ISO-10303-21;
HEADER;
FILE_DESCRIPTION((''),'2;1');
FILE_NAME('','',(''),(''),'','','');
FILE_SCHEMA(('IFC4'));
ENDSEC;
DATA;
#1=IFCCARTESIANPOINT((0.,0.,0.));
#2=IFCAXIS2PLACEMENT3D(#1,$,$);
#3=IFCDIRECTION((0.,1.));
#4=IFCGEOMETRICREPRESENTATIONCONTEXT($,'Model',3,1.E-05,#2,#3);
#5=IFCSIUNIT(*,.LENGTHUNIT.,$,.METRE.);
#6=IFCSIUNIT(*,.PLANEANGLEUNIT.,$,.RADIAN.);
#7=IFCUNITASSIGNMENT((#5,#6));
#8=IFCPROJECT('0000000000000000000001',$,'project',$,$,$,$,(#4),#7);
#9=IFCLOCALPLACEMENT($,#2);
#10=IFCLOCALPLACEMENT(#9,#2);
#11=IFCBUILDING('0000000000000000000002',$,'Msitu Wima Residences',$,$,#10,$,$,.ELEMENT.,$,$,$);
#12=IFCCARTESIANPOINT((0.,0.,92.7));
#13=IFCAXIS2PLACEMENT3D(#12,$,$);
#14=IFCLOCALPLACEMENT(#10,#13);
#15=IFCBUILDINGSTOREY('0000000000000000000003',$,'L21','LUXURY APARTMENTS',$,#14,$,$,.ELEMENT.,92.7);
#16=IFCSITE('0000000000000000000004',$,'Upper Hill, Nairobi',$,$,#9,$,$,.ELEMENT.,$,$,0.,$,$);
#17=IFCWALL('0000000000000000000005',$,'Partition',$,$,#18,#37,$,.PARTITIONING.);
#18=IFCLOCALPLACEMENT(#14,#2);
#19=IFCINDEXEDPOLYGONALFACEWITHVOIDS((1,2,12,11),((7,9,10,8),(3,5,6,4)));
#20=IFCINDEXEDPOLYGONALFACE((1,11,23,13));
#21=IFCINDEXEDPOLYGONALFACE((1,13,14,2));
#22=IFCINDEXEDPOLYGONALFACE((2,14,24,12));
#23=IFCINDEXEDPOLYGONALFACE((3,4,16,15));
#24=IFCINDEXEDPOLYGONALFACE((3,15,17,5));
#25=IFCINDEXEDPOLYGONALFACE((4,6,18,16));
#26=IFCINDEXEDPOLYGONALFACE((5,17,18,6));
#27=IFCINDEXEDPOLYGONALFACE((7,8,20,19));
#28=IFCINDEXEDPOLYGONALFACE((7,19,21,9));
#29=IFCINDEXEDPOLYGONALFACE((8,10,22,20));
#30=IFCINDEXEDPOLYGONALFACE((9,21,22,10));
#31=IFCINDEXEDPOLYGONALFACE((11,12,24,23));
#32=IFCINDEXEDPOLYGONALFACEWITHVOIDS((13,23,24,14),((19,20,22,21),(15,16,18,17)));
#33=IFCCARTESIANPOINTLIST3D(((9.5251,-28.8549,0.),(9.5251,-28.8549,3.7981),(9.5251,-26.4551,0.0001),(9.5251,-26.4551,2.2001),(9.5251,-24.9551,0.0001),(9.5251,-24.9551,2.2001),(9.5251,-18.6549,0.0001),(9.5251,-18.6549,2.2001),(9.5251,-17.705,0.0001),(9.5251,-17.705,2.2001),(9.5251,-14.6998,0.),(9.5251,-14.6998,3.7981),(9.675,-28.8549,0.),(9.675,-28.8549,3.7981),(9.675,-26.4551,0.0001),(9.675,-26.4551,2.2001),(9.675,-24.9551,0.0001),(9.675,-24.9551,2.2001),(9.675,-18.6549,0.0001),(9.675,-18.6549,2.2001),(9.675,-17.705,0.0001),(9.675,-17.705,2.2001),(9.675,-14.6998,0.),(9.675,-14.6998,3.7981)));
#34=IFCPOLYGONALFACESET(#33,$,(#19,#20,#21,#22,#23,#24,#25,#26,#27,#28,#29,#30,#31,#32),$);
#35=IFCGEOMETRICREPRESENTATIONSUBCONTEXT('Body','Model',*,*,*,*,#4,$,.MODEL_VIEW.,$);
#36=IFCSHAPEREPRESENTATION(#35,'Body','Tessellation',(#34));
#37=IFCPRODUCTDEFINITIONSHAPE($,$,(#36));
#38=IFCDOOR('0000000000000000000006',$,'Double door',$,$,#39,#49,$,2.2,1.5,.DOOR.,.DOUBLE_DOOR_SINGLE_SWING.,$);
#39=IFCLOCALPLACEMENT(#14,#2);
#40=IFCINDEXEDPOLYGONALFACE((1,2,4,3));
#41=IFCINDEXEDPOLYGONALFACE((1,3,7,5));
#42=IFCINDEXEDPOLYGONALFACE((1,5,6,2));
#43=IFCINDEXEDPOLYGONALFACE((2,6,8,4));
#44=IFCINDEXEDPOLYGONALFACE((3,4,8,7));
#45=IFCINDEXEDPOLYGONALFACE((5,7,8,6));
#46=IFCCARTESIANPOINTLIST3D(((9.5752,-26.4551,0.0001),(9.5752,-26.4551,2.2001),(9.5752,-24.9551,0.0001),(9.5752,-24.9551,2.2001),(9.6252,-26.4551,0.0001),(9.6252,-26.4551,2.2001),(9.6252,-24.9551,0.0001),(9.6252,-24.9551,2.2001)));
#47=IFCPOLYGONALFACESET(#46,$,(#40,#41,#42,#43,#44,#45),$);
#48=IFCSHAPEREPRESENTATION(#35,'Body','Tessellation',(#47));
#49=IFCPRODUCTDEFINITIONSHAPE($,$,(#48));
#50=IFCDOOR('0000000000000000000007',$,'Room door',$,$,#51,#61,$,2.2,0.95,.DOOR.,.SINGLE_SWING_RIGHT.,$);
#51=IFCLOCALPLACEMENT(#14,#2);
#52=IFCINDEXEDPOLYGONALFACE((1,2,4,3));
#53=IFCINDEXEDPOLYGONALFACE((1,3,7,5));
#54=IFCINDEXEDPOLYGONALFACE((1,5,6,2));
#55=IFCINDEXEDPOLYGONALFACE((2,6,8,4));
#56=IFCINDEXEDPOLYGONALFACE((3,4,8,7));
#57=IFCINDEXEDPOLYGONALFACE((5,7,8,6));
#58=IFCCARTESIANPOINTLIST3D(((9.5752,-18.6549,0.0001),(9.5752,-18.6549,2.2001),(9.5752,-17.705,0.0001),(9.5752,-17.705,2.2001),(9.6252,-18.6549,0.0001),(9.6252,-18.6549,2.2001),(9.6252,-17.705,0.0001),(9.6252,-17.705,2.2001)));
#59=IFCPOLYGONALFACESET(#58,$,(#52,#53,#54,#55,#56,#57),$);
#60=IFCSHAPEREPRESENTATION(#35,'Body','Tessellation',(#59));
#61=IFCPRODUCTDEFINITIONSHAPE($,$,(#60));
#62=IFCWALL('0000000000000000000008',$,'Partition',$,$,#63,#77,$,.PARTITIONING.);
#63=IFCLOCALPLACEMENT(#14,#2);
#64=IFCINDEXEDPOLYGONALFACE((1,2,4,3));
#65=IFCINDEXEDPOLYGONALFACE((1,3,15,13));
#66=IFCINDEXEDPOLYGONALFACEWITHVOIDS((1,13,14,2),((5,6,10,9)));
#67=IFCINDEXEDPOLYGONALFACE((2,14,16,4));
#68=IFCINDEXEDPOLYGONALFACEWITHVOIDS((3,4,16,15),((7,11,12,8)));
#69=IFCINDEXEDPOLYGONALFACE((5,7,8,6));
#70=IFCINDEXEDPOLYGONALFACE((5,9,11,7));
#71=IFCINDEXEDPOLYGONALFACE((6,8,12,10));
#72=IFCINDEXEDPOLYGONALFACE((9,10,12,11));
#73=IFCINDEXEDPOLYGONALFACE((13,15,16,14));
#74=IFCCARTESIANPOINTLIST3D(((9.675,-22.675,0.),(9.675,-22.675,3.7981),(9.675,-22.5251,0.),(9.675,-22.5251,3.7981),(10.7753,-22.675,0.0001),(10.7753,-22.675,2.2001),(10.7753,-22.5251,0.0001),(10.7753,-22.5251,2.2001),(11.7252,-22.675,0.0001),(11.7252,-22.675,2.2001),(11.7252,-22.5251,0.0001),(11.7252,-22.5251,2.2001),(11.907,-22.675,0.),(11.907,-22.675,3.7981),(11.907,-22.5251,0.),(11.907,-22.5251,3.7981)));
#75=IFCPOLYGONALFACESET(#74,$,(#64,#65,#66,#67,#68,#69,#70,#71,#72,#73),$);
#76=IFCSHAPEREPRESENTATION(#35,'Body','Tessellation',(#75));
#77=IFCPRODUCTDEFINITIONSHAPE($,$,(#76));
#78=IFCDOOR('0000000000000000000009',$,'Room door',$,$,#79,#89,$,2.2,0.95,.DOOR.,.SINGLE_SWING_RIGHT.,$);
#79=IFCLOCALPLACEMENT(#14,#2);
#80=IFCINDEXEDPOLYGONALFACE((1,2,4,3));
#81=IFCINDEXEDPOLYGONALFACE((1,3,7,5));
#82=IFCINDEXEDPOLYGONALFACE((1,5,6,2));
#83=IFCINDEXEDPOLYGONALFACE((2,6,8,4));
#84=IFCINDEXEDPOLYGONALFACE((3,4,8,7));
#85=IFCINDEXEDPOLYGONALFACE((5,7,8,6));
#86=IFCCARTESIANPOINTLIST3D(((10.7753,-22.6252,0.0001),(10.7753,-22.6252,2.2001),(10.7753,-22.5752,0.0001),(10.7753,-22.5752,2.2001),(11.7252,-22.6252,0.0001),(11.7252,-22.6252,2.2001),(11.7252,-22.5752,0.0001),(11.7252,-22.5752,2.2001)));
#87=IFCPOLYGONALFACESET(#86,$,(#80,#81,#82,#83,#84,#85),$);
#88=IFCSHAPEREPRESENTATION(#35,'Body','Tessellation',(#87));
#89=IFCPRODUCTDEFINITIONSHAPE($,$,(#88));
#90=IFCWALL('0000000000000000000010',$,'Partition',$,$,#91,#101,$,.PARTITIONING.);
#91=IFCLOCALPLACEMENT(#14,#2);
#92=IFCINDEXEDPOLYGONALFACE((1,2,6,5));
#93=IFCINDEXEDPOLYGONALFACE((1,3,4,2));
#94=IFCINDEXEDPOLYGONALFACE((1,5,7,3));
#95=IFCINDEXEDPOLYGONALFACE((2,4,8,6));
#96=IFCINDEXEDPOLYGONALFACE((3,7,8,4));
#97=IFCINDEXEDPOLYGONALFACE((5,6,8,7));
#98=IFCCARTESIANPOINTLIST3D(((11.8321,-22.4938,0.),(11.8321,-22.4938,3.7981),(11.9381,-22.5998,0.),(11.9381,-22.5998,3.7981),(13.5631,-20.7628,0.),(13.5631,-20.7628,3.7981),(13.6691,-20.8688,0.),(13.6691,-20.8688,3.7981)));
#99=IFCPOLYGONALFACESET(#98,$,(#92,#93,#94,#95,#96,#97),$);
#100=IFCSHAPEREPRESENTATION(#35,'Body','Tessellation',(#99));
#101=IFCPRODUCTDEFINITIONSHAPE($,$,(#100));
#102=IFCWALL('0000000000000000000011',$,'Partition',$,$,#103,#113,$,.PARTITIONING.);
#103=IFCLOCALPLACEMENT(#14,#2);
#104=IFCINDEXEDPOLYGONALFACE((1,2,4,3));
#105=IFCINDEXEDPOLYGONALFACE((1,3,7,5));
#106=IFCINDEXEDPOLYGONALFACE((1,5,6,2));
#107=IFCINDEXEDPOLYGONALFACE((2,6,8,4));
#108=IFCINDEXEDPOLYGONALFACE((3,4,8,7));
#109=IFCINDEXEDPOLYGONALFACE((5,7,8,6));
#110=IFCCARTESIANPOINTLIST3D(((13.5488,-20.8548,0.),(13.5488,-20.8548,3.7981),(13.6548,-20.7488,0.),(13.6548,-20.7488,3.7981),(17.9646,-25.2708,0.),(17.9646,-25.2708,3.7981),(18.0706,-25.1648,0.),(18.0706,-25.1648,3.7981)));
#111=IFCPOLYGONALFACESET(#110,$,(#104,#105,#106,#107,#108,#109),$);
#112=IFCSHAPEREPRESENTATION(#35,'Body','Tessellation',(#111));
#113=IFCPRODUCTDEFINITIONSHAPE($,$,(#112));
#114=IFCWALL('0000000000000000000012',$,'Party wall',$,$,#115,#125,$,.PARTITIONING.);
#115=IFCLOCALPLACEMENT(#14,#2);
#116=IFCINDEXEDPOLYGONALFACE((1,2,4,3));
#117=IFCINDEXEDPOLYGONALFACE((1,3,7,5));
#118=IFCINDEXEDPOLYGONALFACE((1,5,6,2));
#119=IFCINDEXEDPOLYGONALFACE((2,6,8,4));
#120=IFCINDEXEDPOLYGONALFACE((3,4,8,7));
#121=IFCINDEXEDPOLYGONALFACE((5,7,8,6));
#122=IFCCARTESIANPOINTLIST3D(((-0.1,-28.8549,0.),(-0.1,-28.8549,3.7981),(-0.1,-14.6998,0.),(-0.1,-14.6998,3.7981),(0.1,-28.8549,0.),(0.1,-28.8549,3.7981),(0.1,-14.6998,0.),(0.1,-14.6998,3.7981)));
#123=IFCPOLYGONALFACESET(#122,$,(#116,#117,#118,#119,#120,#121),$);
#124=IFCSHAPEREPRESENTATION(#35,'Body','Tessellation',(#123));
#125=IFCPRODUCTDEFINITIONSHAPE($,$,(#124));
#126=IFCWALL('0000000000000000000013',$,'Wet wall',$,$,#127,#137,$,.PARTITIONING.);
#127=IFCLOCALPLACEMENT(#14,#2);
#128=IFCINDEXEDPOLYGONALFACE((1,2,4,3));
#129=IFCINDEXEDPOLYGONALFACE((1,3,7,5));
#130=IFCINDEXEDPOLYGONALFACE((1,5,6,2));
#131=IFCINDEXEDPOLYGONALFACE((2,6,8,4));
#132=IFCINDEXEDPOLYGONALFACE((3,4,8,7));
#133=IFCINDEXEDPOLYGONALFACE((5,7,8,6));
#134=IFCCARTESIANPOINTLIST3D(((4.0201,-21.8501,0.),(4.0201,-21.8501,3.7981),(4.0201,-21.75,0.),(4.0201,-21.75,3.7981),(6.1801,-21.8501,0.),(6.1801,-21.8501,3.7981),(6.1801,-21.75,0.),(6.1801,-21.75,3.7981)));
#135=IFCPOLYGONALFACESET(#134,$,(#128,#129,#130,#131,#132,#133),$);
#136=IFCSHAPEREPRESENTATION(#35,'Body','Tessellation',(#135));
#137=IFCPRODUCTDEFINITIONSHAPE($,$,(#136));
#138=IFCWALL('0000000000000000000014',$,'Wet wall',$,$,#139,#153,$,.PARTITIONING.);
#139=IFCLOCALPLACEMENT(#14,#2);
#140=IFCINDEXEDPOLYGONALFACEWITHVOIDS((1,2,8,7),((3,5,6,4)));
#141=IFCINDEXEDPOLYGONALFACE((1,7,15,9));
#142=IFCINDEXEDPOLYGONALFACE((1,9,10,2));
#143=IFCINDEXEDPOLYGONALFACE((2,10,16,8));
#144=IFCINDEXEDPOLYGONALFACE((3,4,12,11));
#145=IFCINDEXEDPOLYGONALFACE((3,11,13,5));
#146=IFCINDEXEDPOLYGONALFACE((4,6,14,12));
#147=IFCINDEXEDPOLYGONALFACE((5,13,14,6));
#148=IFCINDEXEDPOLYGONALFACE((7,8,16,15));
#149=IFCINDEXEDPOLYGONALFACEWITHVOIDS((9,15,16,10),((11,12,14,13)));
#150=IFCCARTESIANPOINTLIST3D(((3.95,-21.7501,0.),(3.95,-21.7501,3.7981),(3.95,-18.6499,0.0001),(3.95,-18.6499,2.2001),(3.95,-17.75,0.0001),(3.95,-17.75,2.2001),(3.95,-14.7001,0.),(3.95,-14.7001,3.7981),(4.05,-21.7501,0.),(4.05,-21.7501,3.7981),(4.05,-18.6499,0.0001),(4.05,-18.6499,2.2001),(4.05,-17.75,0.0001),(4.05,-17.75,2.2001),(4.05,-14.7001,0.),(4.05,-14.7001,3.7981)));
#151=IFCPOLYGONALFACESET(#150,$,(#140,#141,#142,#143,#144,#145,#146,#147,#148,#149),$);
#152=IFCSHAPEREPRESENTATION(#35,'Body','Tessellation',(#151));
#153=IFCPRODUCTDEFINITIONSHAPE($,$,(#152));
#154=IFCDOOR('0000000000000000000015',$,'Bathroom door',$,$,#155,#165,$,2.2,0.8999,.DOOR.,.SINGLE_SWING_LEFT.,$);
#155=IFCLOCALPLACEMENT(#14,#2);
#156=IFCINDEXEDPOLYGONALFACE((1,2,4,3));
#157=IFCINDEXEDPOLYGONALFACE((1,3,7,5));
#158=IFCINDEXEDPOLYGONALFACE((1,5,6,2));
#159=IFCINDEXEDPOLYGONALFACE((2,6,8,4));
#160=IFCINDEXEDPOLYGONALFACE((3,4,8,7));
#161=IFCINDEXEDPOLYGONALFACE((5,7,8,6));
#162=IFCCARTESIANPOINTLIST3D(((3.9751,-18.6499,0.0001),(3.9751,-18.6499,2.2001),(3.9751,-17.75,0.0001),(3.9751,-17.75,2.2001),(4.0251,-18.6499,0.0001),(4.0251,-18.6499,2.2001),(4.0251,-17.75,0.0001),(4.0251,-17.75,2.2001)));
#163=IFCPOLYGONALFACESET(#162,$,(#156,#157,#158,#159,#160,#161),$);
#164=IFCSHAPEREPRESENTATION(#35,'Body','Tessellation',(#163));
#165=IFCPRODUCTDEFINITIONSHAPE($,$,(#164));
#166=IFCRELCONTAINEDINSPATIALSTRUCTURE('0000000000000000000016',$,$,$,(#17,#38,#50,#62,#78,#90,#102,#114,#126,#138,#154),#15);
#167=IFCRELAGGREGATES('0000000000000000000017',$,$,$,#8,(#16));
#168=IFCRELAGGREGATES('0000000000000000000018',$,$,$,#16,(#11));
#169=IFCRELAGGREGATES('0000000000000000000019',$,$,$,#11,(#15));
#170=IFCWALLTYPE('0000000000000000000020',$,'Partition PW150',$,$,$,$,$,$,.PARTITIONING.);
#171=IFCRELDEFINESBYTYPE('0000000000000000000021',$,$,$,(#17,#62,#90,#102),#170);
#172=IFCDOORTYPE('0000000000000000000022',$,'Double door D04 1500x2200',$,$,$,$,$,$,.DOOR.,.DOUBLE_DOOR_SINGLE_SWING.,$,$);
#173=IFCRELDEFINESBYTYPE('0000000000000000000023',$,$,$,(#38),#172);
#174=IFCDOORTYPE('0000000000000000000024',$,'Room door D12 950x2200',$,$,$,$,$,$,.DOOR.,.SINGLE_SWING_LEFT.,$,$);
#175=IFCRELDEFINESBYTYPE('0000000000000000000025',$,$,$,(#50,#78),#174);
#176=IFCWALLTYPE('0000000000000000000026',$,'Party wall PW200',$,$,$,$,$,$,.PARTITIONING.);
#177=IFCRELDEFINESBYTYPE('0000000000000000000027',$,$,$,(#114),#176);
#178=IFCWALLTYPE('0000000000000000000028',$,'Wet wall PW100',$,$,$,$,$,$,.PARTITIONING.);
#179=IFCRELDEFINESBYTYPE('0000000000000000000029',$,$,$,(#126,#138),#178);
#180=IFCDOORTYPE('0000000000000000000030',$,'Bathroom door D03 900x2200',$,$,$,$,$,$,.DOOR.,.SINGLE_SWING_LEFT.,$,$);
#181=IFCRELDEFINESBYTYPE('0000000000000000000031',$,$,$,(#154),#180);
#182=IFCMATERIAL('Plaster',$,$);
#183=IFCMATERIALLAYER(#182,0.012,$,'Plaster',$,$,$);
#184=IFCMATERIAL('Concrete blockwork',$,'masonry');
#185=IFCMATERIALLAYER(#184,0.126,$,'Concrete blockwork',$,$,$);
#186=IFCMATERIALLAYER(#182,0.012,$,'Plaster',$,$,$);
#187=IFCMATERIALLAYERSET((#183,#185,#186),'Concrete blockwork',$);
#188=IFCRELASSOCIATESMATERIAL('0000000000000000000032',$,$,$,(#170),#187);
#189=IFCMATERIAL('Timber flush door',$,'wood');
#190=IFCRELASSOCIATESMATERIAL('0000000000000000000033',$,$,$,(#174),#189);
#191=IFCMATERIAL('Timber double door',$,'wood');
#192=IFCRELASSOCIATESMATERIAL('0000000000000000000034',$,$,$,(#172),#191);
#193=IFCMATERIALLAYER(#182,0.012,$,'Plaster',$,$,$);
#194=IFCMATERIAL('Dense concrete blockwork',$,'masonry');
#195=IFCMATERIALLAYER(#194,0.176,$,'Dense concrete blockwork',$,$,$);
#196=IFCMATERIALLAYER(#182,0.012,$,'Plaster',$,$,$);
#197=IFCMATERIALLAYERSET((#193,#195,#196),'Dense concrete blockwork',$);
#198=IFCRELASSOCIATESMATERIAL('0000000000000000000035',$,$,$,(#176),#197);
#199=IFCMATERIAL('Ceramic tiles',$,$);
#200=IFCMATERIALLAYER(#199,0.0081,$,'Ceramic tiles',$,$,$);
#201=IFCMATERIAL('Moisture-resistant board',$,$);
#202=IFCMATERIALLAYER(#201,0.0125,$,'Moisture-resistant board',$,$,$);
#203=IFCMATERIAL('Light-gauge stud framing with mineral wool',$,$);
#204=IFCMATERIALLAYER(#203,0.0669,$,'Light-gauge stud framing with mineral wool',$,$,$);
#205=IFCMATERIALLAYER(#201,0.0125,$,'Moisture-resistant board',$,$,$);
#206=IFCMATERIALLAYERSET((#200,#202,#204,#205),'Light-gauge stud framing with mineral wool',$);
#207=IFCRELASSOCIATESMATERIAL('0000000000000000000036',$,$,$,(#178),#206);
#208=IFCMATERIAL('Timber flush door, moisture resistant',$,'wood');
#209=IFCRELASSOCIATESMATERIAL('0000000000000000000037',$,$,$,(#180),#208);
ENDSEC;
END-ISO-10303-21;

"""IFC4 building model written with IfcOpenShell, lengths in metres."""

from ifc_helpers import new_model, si_unit, direction, frame, frame_2d, origin, place, context, subcontext, project, spatial, rectangle, extrude, material, layer, layer_set, type_object, element, fill, save


model = new_model("IFC4")

# Units and contexts
model_context = context("Model", 3, precision=1e-05, world=origin(), true_north=direction((0.0, 1.0)))
body_context = subcontext(model_context, "Body", "Model", "MODEL_VIEW")
ifc_project = project(units=[si_unit("LENGTHUNIT", "METRE"), si_unit("PLANEANGLEUNIT", "RADIAN")], contexts=[model_context])

# Site, building, storey
site_placement = place(None, origin())
site = spatial("IfcSite", under=ifc_project, at=site_placement, Name="Upper Hill, Nairobi", CompositionType="ELEMENT", RefElevation=0.0)
building_placement = place(site_placement, origin())
building = spatial("IfcBuilding", under=site, at=building_placement, Name="Msitu Wima Residences", CompositionType="ELEMENT")
storey_placement = place(building_placement, frame((0.0, 0.0, 92.7)))
storey = spatial("IfcBuildingStorey", under=building, at=storey_placement, Name="L21", Description="LUXURY APARTMENTS", CompositionType="ELEMENT", Elevation=92.7)

# Shared definitions
ifc_material_1 = material(Name="Plaster")
ifc_layer_1 = layer(ifc_material_1, 0.012, Name="Plaster")
ifc_material_2 = material(Name="Concrete blockwork", Category="masonry")
ifc_layer_2 = layer(ifc_material_2, 0.126, Name="Concrete blockwork")
ifc_layer_3 = layer(ifc_material_1, 0.012, Name="Plaster")
ifc_layer_set_1 = layer_set([ifc_layer_1, ifc_layer_2, ifc_layer_3], Name="Concrete blockwork")
wall_type_1 = type_object("IfcWallType", Name="Partition PW150", PredefinedType="PARTITIONING", material=ifc_layer_set_1)
ifc_material_3 = material(Name="Timber flush door", Category="wood")
door_type_1 = type_object("IfcDoorType", Name="Room door D12 950x2200", OperationType="SINGLE_SWING_LEFT", PredefinedType="DOOR", material=ifc_material_3)

# Wall, openings, doors
wall_1_placement = place(storey_placement, frame((9.6001, -28.855, 0.0), z_axis=(0.0, 0.0, 1.0), x_axis=(0.0, 1.0, 0.0)))
wall_1 = element("IfcWall", 1, at=wall_1_placement, inside=storey, type_object=wall_type_1, Name="Partition", PredefinedType="PARTITIONING", context=body_context, shape_type="SweptSolid", body=[
    extrude(rectangle(XDim=14.155, YDim=0.1499, at=frame_2d((7.0776, 0.0))), origin(), (0.0, 0.0, 1.0), 3.7981),
])
opening_1_placement = place(wall_1_placement, frame((2.3999, 0.0, 0.0)))
opening_1 = element("IfcOpeningElement", 2, at=opening_1_placement, cuts=wall_1, PredefinedType="OPENING", context=body_context, shape_type="SweptSolid", body=[
    extrude(rectangle(XDim=1.5, YDim=2.2, at=frame_2d((0.75, 1.1001))), frame((0.0, 0.085, 0.0), z_axis=(0.0, -1.0, 0.0), x_axis=(1.0, 0.0, 0.0)), (0.0, 0.0, 1.0), 0.1699),
])
opening_2_placement = place(wall_1_placement, frame((10.2, 0.0, 0.0)))
opening_2 = element("IfcOpeningElement", 3, at=opening_2_placement, cuts=wall_1, PredefinedType="OPENING", context=body_context, shape_type="SweptSolid", body=[
    extrude(rectangle(XDim=0.95, YDim=2.2, at=frame_2d((0.4751, 1.1001))), frame((0.0, 0.085, 0.0), z_axis=(0.0, -1.0, 0.0), x_axis=(1.0, 0.0, 0.0)), (0.0, 0.0, 1.0), 0.1699),
])
ifc_material_4 = material(Name="Timber double door", Category="wood")
door_type_2 = type_object("IfcDoorType", Name="Double door D04 1500x2200", OperationType="DOUBLE_DOOR_SINGLE_SWING", PredefinedType="DOOR", material=ifc_material_4)
door_1_placement = place(opening_1_placement, origin())
door_1 = element("IfcDoor", 4, at=door_1_placement, inside=storey, type_object=door_type_2, Name="Double door", OperationType="DOUBLE_DOOR_SINGLE_SWING", OverallHeight=2.2, OverallWidth=1.5, PredefinedType="DOOR", context=body_context, shape_type="SweptSolid", body=[
    extrude(rectangle(XDim=1.5, YDim=2.2, at=frame_2d((0.75, 1.1001))), frame((0.0, 0.0249, 0.0), z_axis=(0.0, -1.0, 0.0), x_axis=(1.0, 0.0, 0.0)), (0.0, 0.0, 1.0), 0.05),
])
fill(opening_1, door_1)
door_2_placement = place(opening_2_placement, origin())
door_2 = element("IfcDoor", 5, at=door_2_placement, inside=storey, type_object=door_type_1, Name="Room door", OperationType="SINGLE_SWING_RIGHT", OverallHeight=2.2, OverallWidth=0.95, PredefinedType="DOOR", context=body_context, shape_type="SweptSolid", body=[
    extrude(rectangle(XDim=0.95, YDim=2.2, at=frame_2d((0.4751, 1.1001))), frame((0.0, 0.0249, 0.0), z_axis=(0.0, -1.0, 0.0), x_axis=(1.0, 0.0, 0.0)), (0.0, 0.0, 1.0), 0.05),
])
fill(opening_2, door_2)

# Wall, opening, door
wall_2_placement = place(storey_placement, frame((9.675, -22.6001, 0.0), z_axis=(0.0, 0.0, 1.0), x_axis=(1.0, 0.0, 0.0)))
wall_2 = element("IfcWall", 6, at=wall_2_placement, inside=storey, type_object=wall_type_1, Name="Partition", PredefinedType="PARTITIONING", context=body_context, shape_type="SweptSolid", body=[
    extrude(rectangle(XDim=2.2319, YDim=0.1499, at=frame_2d((1.116, 0.0))), origin(), (0.0, 0.0, 1.0), 3.7981),
])
opening_3_placement = place(wall_2_placement, frame((1.1001, 0.0, 0.0)))
opening_3 = element("IfcOpeningElement", 7, at=opening_3_placement, cuts=wall_2, PredefinedType="OPENING", context=body_context, shape_type="SweptSolid", body=[
    extrude(rectangle(XDim=0.95, YDim=2.2, at=frame_2d((0.4751, 1.1001))), frame((0.0, 0.085, 0.0), z_axis=(0.0, -1.0, 0.0), x_axis=(1.0, 0.0, 0.0)), (0.0, 0.0, 1.0), 0.1699),
])
door_3_placement = place(opening_3_placement, origin())
door_3 = element("IfcDoor", 8, at=door_3_placement, inside=storey, type_object=door_type_1, Name="Room door", OperationType="SINGLE_SWING_RIGHT", OverallHeight=2.2, OverallWidth=0.95, PredefinedType="DOOR", context=body_context, shape_type="SweptSolid", body=[
    extrude(rectangle(XDim=0.95, YDim=2.2, at=frame_2d((0.4751, 1.1001))), frame((0.0, 0.0249, 0.0), z_axis=(0.0, -1.0, 0.0), x_axis=(1.0, 0.0, 0.0)), (0.0, 0.0, 1.0), 0.05),
])
fill(opening_3, door_3)

# Walls
wall_3_placement = place(storey_placement, frame((11.885, -22.5469, 0.0), z_axis=(0.0, 0.0, 1.0), x_axis=(0.707107, 0.707107, 0.0)))
element("IfcWall", 9, at=wall_3_placement, inside=storey, type_object=wall_type_1, Name="Partition", PredefinedType="PARTITIONING", context=body_context, shape_type="SweptSolid", body=[
    extrude(rectangle(XDim=2.448, YDim=0.1499, at=frame_2d((1.2241, 0.0))), origin(), (0.0, 0.0, 1.0), 3.7981),
])
wall_4_placement = place(storey_placement, frame((13.6018, -20.8018, 0.0), z_axis=(0.0, 0.0, 1.0), x_axis=(0.707087, -0.707126, 0.0)))
element("IfcWall", 10, at=wall_4_placement, inside=storey, type_object=wall_type_1, Name="Partition", PredefinedType="PARTITIONING", context=body_context, shape_type="SweptSolid", body=[
    extrude(rectangle(XDim=6.2451, YDim=0.1499, at=frame_2d((3.1226, 0.0))), origin(), (0.0, 0.0, 1.0), 3.7981),
])
ifc_layer_4 = layer(ifc_material_1, 0.012, Name="Plaster")
ifc_material_5 = material(Name="Dense concrete blockwork", Category="masonry")
ifc_layer_5 = layer(ifc_material_5, 0.176, Name="Dense concrete blockwork")
ifc_layer_6 = layer(ifc_material_1, 0.012, Name="Plaster")
ifc_layer_set_2 = layer_set([ifc_layer_4, ifc_layer_5, ifc_layer_6], Name="Dense concrete blockwork")
wall_type_2 = type_object("IfcWallType", Name="Party wall PW200", PredefinedType="PARTITIONING", material=ifc_layer_set_2)
wall_5_placement = place(storey_placement, frame((0.0, -28.855, 0.0), z_axis=(0.0, 0.0, 1.0), x_axis=(0.0, 1.0, 0.0)))
element("IfcWall", 11, at=wall_5_placement, inside=storey, type_object=wall_type_2, Name="Party wall", PredefinedType="PARTITIONING", context=body_context, shape_type="SweptSolid", body=[
    extrude(rectangle(XDim=14.155, YDim=0.2, at=frame_2d((7.0776, 0.0))), origin(), (0.0, 0.0, 1.0), 3.7981),
])
ifc_material_6 = material(Name="Ceramic tiles")
ifc_layer_7 = layer(ifc_material_6, 0.0081, Name="Ceramic tiles")
ifc_material_7 = material(Name="Moisture-resistant board")
ifc_layer_8 = layer(ifc_material_7, 0.0125, Name="Moisture-resistant board")
ifc_material_8 = material(Name="Light-gauge stud framing with mineral wool")
ifc_layer_9 = layer(ifc_material_8, 0.0669, Name="Light-gauge stud framing with mineral wool")
ifc_layer_10 = layer(ifc_material_7, 0.0125, Name="Moisture-resistant board")
ifc_layer_set_3 = layer_set([ifc_layer_7, ifc_layer_8, ifc_layer_9, ifc_layer_10], Name="Light-gauge stud framing with mineral wool")
wall_type_3 = type_object("IfcWallType", Name="Wet wall PW100", PredefinedType="PARTITIONING", material=ifc_layer_set_3)
wall_6_placement = place(storey_placement, frame((4.02, -21.8, 0.0), z_axis=(0.0, 0.0, 1.0), x_axis=(1.0, 0.0, 0.0)))
element("IfcWall", 12, at=wall_6_placement, inside=storey, type_object=wall_type_3, Name="Wet wall", PredefinedType="PARTITIONING", context=body_context, shape_type="SweptSolid", body=[
    extrude(rectangle(XDim=2.1599, YDim=0.1001, at=frame_2d((1.0801, 0.0))), origin(), (0.0, 0.0, 1.0), 3.7981),
])

# Wall, opening, door
wall_7_placement = place(storey_placement, frame((4.0, -21.75, 0.0), z_axis=(0.0, 0.0, 1.0), x_axis=(0.0, 1.0, 0.0)))
wall_7 = element("IfcWall", 13, at=wall_7_placement, inside=storey, type_object=wall_type_3, Name="Wet wall", PredefinedType="PARTITIONING", context=body_context, shape_type="SweptSolid", body=[
    extrude(rectangle(XDim=7.05, YDim=0.1001, at=frame_2d((3.5249, 0.0))), origin(), (0.0, 0.0, 1.0), 3.7981),
])
opening_4_placement = place(wall_7_placement, frame((3.1001, 0.0, 0.0)))
opening_4 = element("IfcOpeningElement", 14, at=opening_4_placement, cuts=wall_7, PredefinedType="OPENING", context=body_context, shape_type="SweptSolid", body=[
    extrude(rectangle(XDim=0.8999, YDim=2.2, at=frame_2d((0.45, 1.1001))), frame((0.0, 0.0601, 0.0), z_axis=(0.0, -1.0, 0.0), x_axis=(1.0, 0.0, 0.0)), (0.0, 0.0, 1.0), 0.1201),
])
ifc_material_9 = material(Name="Timber flush door, moisture resistant", Category="wood")
door_type_3 = type_object("IfcDoorType", Name="Bathroom door D03 900x2200", OperationType="SINGLE_SWING_LEFT", PredefinedType="DOOR", material=ifc_material_9)
door_4_placement = place(opening_4_placement, origin())
door_4 = element("IfcDoor", 15, at=door_4_placement, inside=storey, type_object=door_type_3, Name="Bathroom door", OperationType="SINGLE_SWING_LEFT", OverallHeight=2.2, OverallWidth=0.8999, PredefinedType="DOOR", context=body_context, shape_type="SweptSolid", body=[
    extrude(rectangle(XDim=0.8999, YDim=2.2, at=frame_2d((0.45, 1.1001))), frame((0.0, 0.0249, 0.0), z_axis=(0.0, -1.0, 0.0), x_axis=(1.0, 0.0, 0.0)), (0.0, 0.0, 1.0), 0.05),
])
fill(opening_4, door_4)

save(model, "model.ifc")
